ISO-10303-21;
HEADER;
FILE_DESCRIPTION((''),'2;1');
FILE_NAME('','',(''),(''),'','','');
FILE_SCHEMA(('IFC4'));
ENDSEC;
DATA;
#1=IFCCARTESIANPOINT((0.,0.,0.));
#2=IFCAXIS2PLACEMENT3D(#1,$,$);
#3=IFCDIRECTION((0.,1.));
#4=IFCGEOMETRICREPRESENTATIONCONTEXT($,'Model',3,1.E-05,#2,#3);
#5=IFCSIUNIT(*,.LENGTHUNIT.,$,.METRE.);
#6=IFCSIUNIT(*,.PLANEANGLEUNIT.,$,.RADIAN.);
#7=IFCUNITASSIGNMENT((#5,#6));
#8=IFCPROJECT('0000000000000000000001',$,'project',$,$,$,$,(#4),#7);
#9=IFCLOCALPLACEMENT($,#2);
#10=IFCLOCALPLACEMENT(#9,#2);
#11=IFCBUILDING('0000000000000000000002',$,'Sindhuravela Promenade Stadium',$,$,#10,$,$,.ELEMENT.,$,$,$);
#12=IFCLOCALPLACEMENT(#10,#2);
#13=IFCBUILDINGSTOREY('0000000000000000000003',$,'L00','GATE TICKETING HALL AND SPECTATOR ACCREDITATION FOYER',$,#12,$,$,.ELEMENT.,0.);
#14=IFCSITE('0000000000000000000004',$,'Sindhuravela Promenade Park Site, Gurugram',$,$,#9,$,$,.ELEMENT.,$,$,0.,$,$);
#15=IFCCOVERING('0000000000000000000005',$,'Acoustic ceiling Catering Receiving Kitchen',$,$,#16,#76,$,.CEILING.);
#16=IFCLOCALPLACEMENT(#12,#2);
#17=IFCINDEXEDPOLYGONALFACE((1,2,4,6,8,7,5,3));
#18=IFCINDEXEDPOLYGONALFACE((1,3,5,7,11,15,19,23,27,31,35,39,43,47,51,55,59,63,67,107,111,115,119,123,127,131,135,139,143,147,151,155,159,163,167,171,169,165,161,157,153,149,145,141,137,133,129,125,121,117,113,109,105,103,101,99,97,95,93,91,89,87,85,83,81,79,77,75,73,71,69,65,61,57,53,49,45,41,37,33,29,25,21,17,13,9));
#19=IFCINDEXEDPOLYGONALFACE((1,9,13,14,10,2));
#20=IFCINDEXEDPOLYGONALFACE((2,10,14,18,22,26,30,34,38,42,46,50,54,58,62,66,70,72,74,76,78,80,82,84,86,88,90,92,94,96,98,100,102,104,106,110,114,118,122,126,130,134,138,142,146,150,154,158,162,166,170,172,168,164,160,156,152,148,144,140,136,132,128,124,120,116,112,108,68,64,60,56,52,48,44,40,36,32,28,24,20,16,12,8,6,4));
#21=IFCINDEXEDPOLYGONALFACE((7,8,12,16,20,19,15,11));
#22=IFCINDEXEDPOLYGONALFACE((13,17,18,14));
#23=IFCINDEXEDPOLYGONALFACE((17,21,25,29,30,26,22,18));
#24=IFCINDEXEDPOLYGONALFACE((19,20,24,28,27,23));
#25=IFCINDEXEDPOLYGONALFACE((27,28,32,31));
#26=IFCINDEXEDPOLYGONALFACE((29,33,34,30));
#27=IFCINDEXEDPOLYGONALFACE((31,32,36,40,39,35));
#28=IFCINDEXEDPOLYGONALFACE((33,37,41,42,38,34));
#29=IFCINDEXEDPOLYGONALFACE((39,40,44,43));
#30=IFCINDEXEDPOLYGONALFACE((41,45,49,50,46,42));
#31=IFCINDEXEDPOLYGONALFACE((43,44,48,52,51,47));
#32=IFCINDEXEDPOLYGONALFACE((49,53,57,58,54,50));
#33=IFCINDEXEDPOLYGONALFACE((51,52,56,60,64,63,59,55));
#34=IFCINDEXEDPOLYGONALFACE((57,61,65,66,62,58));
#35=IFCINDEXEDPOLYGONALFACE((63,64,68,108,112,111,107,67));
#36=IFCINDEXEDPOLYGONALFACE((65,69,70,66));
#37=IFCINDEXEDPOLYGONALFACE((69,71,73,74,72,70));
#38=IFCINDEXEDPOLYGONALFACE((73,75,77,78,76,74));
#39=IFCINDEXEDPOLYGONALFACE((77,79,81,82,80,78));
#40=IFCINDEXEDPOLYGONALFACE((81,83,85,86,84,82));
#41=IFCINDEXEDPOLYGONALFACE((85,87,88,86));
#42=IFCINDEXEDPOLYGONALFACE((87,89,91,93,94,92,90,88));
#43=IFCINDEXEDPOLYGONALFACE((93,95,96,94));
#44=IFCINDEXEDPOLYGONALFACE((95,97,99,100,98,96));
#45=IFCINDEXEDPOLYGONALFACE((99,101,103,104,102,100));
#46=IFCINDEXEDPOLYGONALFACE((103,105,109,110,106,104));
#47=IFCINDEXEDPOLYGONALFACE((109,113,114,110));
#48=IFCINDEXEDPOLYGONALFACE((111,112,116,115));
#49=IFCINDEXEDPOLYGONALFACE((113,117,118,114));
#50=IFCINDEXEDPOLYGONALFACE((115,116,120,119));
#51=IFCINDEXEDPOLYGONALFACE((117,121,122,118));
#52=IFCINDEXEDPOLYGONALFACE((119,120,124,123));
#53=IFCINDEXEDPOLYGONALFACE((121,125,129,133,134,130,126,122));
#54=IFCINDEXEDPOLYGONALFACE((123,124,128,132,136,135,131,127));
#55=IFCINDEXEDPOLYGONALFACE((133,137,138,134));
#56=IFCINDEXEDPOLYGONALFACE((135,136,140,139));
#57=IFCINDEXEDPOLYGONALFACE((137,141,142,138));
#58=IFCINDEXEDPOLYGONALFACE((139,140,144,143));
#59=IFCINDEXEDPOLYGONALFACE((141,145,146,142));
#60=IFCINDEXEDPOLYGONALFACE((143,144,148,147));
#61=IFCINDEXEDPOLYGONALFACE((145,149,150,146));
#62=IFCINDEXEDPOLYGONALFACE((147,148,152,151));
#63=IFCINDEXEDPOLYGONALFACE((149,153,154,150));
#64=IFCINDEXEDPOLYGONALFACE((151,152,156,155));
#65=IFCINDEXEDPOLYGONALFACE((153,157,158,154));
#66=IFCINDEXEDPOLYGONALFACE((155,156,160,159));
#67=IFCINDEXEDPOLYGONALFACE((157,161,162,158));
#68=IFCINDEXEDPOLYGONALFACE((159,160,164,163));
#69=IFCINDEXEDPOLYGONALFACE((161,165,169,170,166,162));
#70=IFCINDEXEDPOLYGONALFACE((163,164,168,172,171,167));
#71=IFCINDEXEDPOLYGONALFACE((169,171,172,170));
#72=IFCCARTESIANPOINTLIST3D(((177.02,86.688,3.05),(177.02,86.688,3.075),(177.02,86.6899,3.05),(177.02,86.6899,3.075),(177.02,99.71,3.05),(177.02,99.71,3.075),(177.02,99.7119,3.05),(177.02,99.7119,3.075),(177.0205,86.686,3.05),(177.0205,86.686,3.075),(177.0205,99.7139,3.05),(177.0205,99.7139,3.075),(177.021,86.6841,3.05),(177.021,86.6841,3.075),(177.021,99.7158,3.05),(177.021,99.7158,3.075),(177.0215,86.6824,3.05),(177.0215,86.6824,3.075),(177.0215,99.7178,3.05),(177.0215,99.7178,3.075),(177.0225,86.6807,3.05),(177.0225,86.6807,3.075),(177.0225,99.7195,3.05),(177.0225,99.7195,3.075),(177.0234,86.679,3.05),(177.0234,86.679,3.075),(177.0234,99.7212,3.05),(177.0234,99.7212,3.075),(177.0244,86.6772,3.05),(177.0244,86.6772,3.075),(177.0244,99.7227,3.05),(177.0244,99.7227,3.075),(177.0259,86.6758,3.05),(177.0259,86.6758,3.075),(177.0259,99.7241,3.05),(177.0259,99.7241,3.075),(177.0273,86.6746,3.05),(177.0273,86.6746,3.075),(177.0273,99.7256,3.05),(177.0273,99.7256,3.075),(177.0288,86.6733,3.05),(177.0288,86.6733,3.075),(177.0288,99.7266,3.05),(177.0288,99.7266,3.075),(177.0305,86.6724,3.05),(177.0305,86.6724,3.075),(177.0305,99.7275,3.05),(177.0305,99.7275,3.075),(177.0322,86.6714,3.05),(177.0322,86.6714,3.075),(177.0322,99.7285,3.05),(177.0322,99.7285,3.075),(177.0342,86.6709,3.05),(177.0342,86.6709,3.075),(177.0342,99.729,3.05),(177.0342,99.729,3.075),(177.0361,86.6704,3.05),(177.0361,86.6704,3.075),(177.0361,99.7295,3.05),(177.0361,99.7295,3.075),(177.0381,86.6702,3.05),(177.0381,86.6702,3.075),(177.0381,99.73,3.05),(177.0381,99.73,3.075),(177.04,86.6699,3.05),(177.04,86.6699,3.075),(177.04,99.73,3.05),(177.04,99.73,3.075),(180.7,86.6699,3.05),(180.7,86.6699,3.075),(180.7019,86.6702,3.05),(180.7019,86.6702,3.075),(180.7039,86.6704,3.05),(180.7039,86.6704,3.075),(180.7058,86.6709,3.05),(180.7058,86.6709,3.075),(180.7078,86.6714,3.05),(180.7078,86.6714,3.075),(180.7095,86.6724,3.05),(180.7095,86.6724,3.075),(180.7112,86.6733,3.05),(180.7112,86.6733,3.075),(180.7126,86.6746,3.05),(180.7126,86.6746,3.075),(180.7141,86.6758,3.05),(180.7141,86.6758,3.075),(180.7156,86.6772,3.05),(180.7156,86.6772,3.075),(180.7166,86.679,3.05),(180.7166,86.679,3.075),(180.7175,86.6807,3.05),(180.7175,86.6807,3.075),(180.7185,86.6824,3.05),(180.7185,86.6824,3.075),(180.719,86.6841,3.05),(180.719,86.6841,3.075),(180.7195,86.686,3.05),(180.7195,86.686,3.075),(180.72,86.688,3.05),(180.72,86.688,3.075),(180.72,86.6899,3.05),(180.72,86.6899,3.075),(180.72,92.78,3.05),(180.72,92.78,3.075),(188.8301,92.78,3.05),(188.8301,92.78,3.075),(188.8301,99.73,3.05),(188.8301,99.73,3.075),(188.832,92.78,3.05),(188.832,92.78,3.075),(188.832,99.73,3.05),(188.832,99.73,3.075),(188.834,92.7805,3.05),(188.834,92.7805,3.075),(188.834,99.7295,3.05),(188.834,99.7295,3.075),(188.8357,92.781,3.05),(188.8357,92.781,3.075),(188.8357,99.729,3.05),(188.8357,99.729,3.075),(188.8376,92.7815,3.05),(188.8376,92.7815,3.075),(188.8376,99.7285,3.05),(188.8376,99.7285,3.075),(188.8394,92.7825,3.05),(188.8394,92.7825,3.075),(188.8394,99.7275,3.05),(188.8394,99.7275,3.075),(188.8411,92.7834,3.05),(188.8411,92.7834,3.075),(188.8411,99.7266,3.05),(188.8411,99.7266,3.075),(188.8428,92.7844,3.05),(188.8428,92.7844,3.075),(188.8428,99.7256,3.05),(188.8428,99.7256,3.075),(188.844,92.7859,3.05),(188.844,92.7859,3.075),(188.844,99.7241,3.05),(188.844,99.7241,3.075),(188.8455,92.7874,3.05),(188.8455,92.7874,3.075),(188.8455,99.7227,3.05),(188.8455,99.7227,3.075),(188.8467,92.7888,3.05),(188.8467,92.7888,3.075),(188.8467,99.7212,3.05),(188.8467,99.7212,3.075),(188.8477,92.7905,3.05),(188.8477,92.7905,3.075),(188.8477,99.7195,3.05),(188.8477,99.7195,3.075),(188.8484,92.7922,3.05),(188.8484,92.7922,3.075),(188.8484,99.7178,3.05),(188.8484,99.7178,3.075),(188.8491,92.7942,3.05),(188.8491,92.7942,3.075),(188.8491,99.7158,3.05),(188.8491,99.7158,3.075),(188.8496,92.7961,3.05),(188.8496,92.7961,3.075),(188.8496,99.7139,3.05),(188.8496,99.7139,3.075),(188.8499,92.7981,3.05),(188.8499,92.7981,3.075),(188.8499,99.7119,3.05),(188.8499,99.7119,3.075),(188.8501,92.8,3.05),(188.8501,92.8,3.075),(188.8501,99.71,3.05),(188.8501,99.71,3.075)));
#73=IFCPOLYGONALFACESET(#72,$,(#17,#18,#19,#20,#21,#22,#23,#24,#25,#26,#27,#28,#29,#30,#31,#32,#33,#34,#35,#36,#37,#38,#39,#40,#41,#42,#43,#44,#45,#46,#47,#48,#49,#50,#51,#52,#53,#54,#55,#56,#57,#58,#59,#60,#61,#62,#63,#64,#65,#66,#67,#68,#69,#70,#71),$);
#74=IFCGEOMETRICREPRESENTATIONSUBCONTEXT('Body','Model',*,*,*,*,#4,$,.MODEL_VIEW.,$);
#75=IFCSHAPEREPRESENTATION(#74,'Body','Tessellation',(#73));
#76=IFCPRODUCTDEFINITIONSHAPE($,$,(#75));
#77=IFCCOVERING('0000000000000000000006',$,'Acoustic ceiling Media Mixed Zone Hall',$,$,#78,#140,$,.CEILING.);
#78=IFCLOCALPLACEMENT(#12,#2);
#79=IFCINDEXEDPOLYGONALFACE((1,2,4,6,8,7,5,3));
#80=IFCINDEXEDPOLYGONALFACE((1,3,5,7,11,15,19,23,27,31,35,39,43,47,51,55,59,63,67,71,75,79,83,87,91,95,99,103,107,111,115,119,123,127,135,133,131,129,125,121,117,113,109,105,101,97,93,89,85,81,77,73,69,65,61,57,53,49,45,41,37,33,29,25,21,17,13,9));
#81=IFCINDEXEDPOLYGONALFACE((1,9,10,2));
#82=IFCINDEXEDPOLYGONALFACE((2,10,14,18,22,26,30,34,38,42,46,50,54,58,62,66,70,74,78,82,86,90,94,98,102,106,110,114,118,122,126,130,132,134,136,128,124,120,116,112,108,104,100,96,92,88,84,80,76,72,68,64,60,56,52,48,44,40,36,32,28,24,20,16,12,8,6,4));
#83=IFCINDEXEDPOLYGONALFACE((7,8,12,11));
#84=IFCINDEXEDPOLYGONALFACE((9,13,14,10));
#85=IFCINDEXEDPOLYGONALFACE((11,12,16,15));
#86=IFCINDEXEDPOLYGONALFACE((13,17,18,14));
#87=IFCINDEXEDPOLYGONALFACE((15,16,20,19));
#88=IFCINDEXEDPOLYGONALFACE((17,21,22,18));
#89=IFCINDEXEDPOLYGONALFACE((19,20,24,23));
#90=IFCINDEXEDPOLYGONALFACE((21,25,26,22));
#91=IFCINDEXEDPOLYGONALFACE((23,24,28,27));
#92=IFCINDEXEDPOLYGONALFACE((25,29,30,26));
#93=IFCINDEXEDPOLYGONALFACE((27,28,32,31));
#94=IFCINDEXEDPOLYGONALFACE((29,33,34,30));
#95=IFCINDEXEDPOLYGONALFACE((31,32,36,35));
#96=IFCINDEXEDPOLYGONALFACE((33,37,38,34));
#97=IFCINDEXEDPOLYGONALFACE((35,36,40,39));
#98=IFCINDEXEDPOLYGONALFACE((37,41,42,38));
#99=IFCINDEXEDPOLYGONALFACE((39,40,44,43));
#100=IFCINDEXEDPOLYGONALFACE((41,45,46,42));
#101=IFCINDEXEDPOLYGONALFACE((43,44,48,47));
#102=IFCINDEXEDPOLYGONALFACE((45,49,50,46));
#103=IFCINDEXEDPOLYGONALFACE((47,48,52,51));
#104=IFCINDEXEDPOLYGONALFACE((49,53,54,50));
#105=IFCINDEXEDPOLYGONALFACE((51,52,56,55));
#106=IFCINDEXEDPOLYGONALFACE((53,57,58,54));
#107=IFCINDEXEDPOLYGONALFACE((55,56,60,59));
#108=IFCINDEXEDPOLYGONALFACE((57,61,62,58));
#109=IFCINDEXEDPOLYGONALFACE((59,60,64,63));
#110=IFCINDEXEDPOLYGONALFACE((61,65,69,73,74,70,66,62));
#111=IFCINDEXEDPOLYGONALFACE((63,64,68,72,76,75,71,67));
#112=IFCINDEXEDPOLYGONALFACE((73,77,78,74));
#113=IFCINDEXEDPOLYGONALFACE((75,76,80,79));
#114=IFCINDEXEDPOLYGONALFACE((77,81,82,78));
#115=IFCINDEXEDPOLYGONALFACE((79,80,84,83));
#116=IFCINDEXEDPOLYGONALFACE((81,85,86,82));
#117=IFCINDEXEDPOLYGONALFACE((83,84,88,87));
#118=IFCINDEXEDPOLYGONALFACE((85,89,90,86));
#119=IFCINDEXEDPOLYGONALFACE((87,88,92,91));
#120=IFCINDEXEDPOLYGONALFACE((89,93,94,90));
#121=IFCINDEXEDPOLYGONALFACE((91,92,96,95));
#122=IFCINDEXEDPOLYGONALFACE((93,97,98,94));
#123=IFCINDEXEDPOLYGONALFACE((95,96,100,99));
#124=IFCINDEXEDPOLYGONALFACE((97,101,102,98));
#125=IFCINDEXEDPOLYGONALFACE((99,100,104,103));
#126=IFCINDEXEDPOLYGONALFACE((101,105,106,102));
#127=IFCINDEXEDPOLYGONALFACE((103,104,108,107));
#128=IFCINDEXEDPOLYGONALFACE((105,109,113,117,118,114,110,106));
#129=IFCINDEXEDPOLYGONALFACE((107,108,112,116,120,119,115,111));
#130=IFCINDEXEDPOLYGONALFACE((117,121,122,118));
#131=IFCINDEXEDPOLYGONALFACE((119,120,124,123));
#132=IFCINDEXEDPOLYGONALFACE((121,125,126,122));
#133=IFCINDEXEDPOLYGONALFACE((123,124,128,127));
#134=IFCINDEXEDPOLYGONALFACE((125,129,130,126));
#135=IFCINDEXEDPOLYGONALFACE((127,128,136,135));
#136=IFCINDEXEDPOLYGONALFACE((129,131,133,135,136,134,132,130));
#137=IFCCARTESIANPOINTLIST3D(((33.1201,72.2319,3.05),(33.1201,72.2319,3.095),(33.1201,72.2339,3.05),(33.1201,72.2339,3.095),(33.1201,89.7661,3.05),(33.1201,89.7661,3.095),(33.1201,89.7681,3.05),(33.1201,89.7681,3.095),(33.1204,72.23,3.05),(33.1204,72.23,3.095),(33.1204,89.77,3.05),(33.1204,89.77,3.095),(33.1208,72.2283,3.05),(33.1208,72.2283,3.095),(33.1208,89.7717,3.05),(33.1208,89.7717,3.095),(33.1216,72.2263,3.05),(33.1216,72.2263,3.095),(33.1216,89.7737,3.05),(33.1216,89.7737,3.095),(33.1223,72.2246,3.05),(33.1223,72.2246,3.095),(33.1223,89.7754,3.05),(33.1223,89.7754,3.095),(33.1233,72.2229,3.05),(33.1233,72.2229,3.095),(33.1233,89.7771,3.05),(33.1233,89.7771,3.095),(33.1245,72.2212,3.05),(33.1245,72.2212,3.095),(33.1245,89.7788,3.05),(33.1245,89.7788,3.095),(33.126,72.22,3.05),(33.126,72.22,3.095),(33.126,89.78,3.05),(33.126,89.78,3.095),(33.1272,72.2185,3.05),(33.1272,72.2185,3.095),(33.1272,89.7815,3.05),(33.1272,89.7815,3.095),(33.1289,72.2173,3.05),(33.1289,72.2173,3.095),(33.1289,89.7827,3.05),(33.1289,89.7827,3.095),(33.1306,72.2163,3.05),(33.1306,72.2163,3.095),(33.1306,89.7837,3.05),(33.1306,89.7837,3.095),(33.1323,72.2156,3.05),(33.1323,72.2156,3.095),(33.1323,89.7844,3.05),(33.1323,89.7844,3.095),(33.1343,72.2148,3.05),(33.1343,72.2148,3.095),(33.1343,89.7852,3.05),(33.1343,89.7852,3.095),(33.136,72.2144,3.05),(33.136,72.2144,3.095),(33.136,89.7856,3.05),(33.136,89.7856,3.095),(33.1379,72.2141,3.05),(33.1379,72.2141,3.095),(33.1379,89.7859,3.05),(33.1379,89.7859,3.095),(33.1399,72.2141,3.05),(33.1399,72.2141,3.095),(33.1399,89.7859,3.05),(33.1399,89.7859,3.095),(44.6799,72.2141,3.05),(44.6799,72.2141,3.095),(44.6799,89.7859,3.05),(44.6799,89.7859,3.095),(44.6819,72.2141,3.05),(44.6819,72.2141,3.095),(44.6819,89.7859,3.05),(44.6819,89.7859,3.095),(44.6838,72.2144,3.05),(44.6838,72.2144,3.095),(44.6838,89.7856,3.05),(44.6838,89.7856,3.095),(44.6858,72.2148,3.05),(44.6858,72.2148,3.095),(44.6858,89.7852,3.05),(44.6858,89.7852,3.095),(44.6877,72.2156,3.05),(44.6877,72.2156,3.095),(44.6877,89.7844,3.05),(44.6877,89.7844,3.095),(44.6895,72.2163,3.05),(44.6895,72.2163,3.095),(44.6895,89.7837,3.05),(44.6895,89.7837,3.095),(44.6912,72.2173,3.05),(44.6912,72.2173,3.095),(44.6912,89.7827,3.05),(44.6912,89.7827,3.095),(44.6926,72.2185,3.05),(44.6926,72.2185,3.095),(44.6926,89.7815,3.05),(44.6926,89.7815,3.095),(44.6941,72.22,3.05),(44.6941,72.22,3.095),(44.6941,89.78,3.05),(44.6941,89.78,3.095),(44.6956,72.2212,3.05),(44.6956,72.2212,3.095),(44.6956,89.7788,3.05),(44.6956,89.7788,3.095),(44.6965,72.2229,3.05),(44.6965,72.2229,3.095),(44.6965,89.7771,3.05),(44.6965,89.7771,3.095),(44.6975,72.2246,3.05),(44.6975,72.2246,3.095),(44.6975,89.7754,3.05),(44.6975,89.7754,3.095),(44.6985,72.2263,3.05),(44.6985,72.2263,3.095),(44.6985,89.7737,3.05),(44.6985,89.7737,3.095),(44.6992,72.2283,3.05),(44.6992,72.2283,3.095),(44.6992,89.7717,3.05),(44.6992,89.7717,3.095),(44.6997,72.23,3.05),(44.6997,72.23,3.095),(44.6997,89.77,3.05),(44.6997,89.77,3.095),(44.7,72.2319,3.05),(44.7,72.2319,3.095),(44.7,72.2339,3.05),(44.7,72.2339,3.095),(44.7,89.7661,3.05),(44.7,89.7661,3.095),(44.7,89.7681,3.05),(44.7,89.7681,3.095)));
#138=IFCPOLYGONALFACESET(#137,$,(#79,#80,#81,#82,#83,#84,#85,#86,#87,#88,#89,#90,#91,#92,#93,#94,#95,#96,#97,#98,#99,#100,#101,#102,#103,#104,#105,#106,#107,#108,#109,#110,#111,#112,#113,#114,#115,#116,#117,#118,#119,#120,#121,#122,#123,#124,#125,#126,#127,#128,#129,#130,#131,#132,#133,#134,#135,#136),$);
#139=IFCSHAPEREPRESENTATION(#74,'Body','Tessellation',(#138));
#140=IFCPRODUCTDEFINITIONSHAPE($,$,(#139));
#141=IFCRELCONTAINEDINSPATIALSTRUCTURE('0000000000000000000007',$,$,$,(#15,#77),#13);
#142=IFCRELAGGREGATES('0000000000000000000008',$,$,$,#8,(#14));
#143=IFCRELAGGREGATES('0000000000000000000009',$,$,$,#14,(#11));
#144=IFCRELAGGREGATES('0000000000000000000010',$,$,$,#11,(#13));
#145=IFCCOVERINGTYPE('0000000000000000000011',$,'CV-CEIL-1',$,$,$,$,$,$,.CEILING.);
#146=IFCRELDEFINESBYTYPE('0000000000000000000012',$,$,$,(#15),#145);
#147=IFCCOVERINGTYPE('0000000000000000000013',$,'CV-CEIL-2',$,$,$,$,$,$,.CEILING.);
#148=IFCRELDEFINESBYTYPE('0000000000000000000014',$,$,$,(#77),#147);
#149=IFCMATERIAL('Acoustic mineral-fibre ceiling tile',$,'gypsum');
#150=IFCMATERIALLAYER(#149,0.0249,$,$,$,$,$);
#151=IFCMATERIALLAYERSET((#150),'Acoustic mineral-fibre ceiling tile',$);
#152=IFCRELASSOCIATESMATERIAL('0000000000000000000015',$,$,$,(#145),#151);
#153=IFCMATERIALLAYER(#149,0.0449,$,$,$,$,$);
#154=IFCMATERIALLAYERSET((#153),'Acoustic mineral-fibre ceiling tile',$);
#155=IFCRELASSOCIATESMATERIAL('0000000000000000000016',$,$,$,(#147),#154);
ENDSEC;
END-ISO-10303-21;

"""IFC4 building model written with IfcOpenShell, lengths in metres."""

from ifc_helpers import new_model, si_unit, direction, frame, origin, place, context, subcontext, project, spatial, polyline, outline, extrude, material, layer, layer_set, type_object, element, save


model = new_model("IFC4")

# Units and contexts
model_context = context("Model", 3, precision=1e-05, world=origin(), true_north=direction((0.0, 1.0)))
body_context = subcontext(model_context, "Body", "Model", "MODEL_VIEW")
ifc_project = project(units=[si_unit("LENGTHUNIT", "METRE"), si_unit("PLANEANGLEUNIT", "RADIAN")], contexts=[model_context])

# Site, building, storey
site_placement = place(None, origin())
site = spatial("IfcSite", under=ifc_project, at=site_placement, Name="Sindhuravela Promenade Park Site, Gurugram", CompositionType="ELEMENT", RefElevation=0.0)
building_placement = place(site_placement, origin())
building = spatial("IfcBuilding", under=site, at=building_placement, Name="Sindhuravela Promenade Stadium", CompositionType="ELEMENT")
storey_placement = place(building_placement, origin())
storey = spatial("IfcBuildingStorey", under=building, at=storey_placement, Name="L00", Description="GATE TICKETING HALL AND SPECTATOR ACCREDITATION FOYER", CompositionType="ELEMENT", Elevation=0.0)

# Coverings
ifc_material = material(Name="Acoustic mineral-fibre ceiling tile", Category="gypsum")
ifc_layer_1 = layer(ifc_material, 0.0249)
ifc_layer_set_1 = layer_set([ifc_layer_1], Name="Acoustic mineral-fibre ceiling tile")
covering_type_1 = type_object("IfcCoveringType", Name="CV-CEIL-1", PredefinedType="CEILING", material=ifc_layer_set_1)
covering_1_placement = place(storey_placement, frame((0.0, 0.0, 3.05)))
element("IfcCovering", 1, at=covering_1_placement, inside=storey, type_object=covering_type_1, Name="Acoustic ceiling Catering Receiving Kitchen", PredefinedType="CEILING", context=body_context, shape_type="SweptSolid", body=[
    extrude(outline(polyline([(177.04, 86.6699), (177.0381, 86.6702), (177.0361, 86.6704), (177.0342, 86.6709), (177.0322, 86.6714), (177.0305, 86.6724), (177.0288, 86.6733), (177.0273, 86.6746), (177.0259, 86.6758), (177.0244, 86.6772), (177.0234, 86.679), (177.0225, 86.6807), (177.0215, 86.6824), (177.021, 86.6841), (177.0205, 86.686), (177.02, 86.688), (177.02, 86.6899), (177.02, 99.71), (177.02, 99.7119), (177.0205, 99.7139), (177.021, 99.7158), (177.0215, 99.7178), (177.0225, 99.7195), (177.0234, 99.7212), (177.0244, 99.7227), (177.0259, 99.7241), (177.0273, 99.7256), (177.0288, 99.7266), (177.0305, 99.7275), (177.0322, 99.7285), (177.0342, 99.729), (177.0361, 99.7295), (177.0381, 99.73), (177.04, 99.73), (188.8301, 99.73), (188.832, 99.73), (188.834, 99.7295), (188.8357, 99.729), (188.8376, 99.7285), (188.8394, 99.7275), (188.8411, 99.7266), (188.8428, 99.7256), (188.844, 99.7241), (188.8455, 99.7227), (188.8467, 99.7212), (188.8477, 99.7195), (188.8484, 99.7178), (188.8491, 99.7158), (188.8496, 99.7139), (188.8499, 99.7119), (188.8501, 99.71), (188.8501, 92.8), (188.8499, 92.7981), (188.8496, 92.7961), (188.8491, 92.7942), (188.8484, 92.7922), (188.8477, 92.7905), (188.8467, 92.7888), (188.8455, 92.7874), (188.844, 92.7859), (188.8428, 92.7844), (188.8411, 92.7834), (188.8394, 92.7825), (188.8376, 92.7815), (188.8357, 92.781), (188.834, 92.7805), (188.832, 92.78), (188.8301, 92.78), (180.72, 92.78), (180.72, 86.6899), (180.72, 86.688), (180.7195, 86.686), (180.719, 86.6841), (180.7185, 86.6824), (180.7175, 86.6807), (180.7166, 86.679), (180.7156, 86.6772), (180.7141, 86.6758), (180.7126, 86.6746), (180.7112, 86.6733), (180.7095, 86.6724), (180.7078, 86.6714), (180.7058, 86.6709), (180.7039, 86.6704), (180.7019, 86.6702), (180.7, 86.6699), (177.04, 86.6699)])), origin(), (0.0, 0.0, 1.0), 0.0249),
])
ifc_layer_2 = layer(ifc_material, 0.0449)
ifc_layer_set_2 = layer_set([ifc_layer_2], Name="Acoustic mineral-fibre ceiling tile")
covering_type_2 = type_object("IfcCoveringType", Name="CV-CEIL-2", PredefinedType="CEILING", material=ifc_layer_set_2)
covering_2_placement = place(storey_placement, frame((0.0, 0.0, 3.05)))
element("IfcCovering", 2, at=covering_2_placement, inside=storey, type_object=covering_type_2, Name="Acoustic ceiling Media Mixed Zone Hall", PredefinedType="CEILING", context=body_context, shape_type="SweptSolid", body=[
    extrude(outline(polyline([(44.7, 72.2339), (44.7, 72.2319), (44.6997, 72.23), (44.6992, 72.2283), (44.6985, 72.2263), (44.6975, 72.2246), (44.6965, 72.2229), (44.6956, 72.2212), (44.6941, 72.22), (44.6926, 72.2185), (44.6912, 72.2173), (44.6895, 72.2163), (44.6877, 72.2156), (44.6858, 72.2148), (44.6838, 72.2144), (44.6819, 72.2141), (44.6799, 72.2141), (33.1399, 72.2141), (33.1379, 72.2141), (33.136, 72.2144), (33.1343, 72.2148), (33.1323, 72.2156), (33.1306, 72.2163), (33.1289, 72.2173), (33.1272, 72.2185), (33.126, 72.22), (33.1245, 72.2212), (33.1233, 72.2229), (33.1223, 72.2246), (33.1216, 72.2263), (33.1208, 72.2283), (33.1204, 72.23), (33.1201, 72.2319), (33.1201, 72.2339), (33.1201, 89.7661), (33.1201, 89.7681), (33.1204, 89.77), (33.1208, 89.7717), (33.1216, 89.7737), (33.1223, 89.7754), (33.1233, 89.7771), (33.1245, 89.7788), (33.126, 89.78), (33.1272, 89.7815), (33.1289, 89.7827), (33.1306, 89.7837), (33.1323, 89.7844), (33.1343, 89.7852), (33.136, 89.7856), (33.1379, 89.7859), (33.1399, 89.7859), (44.6799, 89.7859), (44.6819, 89.7859), (44.6838, 89.7856), (44.6858, 89.7852), (44.6877, 89.7844), (44.6895, 89.7837), (44.6912, 89.7827), (44.6926, 89.7815), (44.6941, 89.78), (44.6956, 89.7788), (44.6965, 89.7771), (44.6975, 89.7754), (44.6985, 89.7737), (44.6992, 89.7717), (44.6997, 89.77), (44.7, 89.7681), (44.7, 89.7661), (44.7, 72.2339)])), origin(), (0.0, 0.0, 1.0), 0.0449),
])

save(model, "model.ifc")
